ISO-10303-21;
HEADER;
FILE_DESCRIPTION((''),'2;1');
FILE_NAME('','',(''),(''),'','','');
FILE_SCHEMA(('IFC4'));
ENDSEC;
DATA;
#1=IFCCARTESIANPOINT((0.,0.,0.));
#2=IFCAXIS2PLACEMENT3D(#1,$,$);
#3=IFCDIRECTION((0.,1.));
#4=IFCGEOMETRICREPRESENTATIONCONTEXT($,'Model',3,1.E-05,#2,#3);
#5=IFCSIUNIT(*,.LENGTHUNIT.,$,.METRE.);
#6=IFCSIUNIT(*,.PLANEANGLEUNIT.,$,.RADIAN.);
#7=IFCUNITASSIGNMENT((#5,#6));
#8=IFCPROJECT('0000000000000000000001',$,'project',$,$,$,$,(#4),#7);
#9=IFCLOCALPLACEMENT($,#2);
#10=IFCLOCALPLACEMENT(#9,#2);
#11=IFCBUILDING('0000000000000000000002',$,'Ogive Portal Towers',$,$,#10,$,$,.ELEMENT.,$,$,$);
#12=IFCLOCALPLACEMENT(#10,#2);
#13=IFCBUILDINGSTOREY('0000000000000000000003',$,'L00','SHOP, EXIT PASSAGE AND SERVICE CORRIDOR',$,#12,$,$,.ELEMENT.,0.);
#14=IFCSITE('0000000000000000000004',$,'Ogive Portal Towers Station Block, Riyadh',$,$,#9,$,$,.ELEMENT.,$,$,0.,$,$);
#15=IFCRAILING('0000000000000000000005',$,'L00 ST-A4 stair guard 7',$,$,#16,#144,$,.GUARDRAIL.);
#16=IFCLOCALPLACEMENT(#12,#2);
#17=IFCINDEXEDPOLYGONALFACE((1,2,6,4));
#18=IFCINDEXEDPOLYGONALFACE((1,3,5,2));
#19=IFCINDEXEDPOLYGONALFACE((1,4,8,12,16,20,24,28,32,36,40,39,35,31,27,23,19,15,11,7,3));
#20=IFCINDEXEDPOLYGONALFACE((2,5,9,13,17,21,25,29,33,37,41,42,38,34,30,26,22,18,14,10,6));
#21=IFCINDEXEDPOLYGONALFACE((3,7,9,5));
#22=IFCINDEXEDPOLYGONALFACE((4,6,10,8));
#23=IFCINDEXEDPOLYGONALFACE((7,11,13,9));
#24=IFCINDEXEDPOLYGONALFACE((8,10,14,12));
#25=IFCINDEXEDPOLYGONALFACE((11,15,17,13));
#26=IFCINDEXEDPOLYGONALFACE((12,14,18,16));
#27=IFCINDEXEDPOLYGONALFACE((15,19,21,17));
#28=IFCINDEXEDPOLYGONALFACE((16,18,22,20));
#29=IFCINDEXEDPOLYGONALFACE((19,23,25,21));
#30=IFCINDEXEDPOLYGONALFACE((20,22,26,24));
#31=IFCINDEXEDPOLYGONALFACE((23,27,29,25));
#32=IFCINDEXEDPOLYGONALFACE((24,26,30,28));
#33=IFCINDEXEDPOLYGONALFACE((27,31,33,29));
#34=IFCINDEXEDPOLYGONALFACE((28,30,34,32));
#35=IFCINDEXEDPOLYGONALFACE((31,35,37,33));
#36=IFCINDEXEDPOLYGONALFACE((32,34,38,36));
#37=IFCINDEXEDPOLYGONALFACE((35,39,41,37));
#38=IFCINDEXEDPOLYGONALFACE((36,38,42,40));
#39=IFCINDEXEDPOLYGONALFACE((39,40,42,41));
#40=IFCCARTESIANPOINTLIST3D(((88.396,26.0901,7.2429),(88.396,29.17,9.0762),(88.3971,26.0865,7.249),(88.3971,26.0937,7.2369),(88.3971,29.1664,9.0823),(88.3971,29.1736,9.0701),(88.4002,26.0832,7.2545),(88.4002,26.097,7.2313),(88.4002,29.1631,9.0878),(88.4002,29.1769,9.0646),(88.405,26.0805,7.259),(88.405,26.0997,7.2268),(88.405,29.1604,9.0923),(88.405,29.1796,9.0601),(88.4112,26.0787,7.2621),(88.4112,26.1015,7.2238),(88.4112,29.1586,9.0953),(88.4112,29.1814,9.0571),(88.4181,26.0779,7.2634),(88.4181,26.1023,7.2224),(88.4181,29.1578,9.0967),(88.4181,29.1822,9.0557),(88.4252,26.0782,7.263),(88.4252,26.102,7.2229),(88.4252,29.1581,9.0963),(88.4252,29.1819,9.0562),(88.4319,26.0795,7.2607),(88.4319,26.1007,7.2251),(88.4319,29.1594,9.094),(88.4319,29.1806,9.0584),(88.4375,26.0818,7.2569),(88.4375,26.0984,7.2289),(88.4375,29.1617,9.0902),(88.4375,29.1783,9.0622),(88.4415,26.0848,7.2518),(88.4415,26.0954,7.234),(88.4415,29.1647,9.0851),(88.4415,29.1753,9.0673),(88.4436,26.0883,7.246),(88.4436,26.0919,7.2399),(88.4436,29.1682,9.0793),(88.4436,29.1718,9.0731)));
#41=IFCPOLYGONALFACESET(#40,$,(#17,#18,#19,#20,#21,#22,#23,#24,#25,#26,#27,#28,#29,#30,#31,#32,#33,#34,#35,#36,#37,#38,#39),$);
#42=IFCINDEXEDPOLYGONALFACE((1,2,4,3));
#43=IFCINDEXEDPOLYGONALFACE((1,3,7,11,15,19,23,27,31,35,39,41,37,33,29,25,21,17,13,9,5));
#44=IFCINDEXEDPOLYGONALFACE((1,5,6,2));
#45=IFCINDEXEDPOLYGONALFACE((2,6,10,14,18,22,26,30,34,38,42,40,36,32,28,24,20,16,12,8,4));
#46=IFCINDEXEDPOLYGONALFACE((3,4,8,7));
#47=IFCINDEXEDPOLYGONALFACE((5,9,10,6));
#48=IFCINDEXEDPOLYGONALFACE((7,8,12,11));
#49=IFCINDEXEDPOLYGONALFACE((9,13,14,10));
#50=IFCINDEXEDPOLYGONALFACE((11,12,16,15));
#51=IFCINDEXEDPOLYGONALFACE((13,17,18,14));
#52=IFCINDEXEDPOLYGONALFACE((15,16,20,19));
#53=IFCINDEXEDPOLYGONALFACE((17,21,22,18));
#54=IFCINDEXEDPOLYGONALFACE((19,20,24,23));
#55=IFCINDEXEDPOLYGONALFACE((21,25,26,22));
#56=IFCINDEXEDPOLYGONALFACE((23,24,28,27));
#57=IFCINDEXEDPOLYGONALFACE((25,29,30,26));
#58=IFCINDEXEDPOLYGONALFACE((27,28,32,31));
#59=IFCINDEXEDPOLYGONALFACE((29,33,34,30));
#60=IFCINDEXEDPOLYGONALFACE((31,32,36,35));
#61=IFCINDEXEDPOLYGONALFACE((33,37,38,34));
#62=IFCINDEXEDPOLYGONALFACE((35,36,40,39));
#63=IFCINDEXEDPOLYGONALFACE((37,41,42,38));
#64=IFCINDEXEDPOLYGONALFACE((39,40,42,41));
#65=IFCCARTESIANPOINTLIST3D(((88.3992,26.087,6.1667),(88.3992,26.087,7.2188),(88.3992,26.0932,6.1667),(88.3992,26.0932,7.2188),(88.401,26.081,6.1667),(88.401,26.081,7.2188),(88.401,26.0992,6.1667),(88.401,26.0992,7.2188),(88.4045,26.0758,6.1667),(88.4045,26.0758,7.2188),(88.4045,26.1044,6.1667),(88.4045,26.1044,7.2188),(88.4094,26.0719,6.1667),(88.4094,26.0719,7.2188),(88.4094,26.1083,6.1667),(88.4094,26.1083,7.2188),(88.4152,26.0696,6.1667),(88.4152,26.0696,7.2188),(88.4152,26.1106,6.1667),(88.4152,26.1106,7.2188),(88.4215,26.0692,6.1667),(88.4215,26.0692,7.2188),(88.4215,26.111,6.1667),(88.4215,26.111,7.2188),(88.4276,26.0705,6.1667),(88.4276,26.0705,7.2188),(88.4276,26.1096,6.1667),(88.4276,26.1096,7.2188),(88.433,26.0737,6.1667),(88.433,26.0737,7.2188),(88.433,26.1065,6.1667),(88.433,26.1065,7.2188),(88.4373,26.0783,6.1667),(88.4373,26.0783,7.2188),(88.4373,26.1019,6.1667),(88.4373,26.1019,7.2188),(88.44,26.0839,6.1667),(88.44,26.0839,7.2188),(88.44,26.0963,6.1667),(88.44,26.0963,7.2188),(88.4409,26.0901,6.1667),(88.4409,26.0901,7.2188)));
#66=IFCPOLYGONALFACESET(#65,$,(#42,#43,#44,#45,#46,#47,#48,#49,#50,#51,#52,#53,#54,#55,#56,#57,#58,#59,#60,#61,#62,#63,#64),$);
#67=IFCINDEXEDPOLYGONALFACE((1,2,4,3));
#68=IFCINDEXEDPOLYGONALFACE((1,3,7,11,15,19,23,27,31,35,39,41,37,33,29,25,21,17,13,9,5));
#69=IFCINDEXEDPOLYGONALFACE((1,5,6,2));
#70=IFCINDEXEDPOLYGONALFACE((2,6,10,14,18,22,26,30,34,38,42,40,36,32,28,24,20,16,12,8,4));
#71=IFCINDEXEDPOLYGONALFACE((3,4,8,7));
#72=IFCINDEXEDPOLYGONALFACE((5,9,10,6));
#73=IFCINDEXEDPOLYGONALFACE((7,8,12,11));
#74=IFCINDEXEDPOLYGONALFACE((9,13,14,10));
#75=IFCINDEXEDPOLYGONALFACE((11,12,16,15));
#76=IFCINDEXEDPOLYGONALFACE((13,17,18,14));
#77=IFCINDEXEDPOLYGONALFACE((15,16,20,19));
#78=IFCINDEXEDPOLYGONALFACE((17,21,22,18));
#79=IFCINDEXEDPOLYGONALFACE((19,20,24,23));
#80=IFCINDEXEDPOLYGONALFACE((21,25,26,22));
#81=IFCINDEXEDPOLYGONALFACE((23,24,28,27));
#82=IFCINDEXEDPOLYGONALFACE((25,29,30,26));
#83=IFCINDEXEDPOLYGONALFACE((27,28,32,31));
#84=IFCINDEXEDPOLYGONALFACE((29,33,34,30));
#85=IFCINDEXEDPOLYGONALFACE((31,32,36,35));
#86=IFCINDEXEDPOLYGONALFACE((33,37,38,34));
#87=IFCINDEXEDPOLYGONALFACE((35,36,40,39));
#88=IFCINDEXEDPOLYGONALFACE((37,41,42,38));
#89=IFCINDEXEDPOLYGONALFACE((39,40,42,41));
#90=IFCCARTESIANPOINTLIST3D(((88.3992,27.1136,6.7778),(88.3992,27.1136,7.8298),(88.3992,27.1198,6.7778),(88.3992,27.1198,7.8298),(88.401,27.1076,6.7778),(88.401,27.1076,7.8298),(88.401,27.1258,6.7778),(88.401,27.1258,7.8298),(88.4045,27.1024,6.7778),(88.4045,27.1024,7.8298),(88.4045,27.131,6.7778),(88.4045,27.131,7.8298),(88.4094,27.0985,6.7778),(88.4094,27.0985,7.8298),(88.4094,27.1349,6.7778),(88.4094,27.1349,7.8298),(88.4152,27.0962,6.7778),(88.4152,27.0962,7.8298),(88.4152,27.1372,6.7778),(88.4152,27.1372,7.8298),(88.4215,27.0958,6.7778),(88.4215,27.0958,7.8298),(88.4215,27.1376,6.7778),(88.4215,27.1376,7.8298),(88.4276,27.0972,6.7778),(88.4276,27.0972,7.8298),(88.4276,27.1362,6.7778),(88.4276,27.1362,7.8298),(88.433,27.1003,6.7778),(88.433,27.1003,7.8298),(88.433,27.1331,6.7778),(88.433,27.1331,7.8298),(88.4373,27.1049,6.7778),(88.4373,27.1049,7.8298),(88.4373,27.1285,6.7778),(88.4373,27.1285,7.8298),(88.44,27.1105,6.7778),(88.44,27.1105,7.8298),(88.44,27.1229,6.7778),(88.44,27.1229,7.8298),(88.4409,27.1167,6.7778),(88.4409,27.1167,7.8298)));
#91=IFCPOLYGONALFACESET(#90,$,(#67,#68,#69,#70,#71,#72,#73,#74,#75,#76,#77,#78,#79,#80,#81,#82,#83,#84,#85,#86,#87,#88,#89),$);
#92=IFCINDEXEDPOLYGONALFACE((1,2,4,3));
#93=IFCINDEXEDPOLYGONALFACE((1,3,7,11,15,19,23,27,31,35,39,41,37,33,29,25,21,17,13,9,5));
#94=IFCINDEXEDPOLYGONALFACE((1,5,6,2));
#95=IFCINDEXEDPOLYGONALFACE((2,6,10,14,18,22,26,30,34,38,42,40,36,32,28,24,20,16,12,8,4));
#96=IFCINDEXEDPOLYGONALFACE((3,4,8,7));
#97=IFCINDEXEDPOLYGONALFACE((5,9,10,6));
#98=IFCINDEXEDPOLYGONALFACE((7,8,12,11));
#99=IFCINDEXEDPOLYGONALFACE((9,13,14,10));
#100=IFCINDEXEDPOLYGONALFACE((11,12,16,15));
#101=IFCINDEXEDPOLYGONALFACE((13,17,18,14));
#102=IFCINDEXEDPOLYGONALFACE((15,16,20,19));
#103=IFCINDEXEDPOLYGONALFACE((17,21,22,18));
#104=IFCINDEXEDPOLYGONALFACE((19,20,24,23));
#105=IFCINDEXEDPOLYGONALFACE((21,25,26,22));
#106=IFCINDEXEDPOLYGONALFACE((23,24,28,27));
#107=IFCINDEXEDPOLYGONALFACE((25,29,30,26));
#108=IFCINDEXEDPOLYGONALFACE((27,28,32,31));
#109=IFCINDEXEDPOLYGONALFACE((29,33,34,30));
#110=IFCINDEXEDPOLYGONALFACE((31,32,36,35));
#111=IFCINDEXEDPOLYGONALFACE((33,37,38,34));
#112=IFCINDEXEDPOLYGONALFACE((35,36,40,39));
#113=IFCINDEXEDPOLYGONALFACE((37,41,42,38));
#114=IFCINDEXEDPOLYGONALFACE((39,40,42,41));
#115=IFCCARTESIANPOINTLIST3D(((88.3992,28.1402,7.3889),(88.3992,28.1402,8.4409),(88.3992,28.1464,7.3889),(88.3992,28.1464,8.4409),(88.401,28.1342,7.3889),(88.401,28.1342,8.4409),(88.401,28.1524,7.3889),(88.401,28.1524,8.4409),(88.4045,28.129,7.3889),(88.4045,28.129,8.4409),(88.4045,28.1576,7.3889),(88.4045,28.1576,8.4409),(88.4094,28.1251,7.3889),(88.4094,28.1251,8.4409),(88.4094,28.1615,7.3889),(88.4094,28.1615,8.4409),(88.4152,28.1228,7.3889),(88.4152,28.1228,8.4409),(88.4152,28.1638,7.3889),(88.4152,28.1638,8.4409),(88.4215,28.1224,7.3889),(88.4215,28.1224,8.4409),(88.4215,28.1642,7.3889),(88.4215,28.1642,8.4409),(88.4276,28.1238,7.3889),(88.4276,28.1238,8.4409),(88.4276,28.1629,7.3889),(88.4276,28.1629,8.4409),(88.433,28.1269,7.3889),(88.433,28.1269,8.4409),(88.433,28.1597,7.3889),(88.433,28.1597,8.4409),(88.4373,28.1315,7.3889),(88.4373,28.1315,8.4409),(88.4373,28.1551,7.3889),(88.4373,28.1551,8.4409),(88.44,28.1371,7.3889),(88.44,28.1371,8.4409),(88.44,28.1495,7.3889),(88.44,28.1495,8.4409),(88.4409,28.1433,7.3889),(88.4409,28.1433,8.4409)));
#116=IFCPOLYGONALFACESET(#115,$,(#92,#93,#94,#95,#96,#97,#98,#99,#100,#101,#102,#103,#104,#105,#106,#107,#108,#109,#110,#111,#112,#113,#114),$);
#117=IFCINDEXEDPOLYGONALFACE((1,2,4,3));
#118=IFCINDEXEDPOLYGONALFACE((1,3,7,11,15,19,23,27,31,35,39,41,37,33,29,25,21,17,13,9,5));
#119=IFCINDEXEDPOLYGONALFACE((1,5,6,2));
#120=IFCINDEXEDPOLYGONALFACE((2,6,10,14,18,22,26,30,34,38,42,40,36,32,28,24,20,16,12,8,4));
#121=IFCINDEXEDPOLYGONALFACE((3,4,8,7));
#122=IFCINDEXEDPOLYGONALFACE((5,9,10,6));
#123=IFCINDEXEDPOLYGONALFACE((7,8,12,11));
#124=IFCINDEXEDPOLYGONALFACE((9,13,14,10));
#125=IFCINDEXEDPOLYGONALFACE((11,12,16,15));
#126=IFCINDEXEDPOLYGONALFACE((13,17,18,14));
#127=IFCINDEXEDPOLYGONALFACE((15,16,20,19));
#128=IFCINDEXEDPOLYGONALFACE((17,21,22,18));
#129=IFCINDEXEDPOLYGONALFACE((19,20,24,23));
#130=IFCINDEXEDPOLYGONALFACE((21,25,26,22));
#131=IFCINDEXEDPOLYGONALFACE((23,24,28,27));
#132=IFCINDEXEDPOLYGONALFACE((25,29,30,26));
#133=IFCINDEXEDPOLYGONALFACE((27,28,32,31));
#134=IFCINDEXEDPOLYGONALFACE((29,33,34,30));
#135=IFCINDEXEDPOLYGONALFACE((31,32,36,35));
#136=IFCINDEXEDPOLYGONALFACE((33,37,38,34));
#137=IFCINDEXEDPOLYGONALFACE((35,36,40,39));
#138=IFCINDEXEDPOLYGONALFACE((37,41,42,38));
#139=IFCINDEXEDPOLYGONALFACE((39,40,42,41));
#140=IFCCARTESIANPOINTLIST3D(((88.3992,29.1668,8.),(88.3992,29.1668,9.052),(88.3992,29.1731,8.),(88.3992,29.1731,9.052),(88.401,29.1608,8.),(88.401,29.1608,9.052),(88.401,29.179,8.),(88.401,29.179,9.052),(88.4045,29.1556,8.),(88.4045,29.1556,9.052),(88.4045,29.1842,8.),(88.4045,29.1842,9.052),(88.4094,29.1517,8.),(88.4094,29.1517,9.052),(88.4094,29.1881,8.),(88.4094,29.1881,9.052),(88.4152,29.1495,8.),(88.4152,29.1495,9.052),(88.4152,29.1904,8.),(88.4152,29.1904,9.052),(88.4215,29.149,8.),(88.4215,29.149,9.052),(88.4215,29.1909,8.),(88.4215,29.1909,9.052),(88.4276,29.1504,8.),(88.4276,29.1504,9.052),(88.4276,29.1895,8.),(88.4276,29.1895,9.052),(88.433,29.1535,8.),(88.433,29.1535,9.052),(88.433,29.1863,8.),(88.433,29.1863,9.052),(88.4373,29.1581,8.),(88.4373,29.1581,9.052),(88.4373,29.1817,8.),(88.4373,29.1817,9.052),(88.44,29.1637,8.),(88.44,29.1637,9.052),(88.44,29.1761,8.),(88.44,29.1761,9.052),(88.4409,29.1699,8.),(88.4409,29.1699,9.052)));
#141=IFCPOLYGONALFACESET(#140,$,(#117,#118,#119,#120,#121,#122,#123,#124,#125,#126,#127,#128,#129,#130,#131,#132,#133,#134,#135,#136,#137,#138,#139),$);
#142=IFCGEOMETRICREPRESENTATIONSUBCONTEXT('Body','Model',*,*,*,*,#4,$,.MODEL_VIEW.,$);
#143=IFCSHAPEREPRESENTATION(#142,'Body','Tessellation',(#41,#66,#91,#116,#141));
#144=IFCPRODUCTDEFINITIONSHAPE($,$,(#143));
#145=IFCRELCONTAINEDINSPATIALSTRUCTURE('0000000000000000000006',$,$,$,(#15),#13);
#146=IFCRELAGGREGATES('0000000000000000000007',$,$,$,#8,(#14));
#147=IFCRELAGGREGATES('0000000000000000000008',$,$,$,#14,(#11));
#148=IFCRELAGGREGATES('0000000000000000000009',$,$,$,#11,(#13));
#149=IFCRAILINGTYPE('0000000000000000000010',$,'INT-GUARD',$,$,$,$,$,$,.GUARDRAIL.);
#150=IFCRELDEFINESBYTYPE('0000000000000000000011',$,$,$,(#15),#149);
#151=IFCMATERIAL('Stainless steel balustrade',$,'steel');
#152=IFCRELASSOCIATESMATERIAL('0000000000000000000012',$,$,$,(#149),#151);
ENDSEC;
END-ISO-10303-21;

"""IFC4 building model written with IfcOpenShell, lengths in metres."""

from ifc_helpers import new_model, si_unit, direction, frame, origin, origin_2d, place, context, subcontext, project, spatial, circle, extrude, material, type_object, element, save


model = new_model("IFC4")

# Units and contexts
model_context = context("Model", 3, precision=1e-05, world=origin(), true_north=direction((0.0, 1.0)))
body_context = subcontext(model_context, "Body", "Model", "MODEL_VIEW")
ifc_project = project(units=[si_unit("LENGTHUNIT", "METRE"), si_unit("PLANEANGLEUNIT", "RADIAN")], contexts=[model_context])

# Site, building, storey
site_placement = place(None, origin())
site = spatial("IfcSite", under=ifc_project, at=site_placement, Name="Ogive Portal Towers Station Block, Riyadh", CompositionType="ELEMENT", RefElevation=0.0)
building_placement = place(site_placement, origin())
building = spatial("IfcBuilding", under=site, at=building_placement, Name="Ogive Portal Towers", CompositionType="ELEMENT")
storey_placement = place(building_placement, origin())
storey = spatial("IfcBuildingStorey", under=building, at=storey_placement, Name="L00", Description="SHOP, EXIT PASSAGE AND SERVICE CORRIDOR", CompositionType="ELEMENT", Elevation=0.0)

# Railing
ifc_material_1 = material(Name="Stainless steel balustrade", Category="steel")
railing_type_1 = type_object("IfcRailingType", Name="INT-GUARD", PredefinedType="GUARDRAIL", material=ifc_material_1)
railing_1_placement = place(storey_placement, frame((88.4199, 26.0901, 6.1667)))
element("IfcRailing", 1, at=railing_1_placement, inside=storey, type_object=railing_type_1, Name="L00 ST-A4 stair guard 7", PredefinedType="GUARDRAIL", context=body_context, shape_type="SweptSolid", body=[
    extrude(circle(Radius=0.0239, at=origin_2d()), frame((0.0, 0.0, 1.0762), z_axis=(0.0, 0.859291, 0.511487), x_axis=(-1.0, 0.0, 0.0)), (0.0, 0.0, 1.0), 3.5842),
    extrude(circle(Radius=0.021, at=origin_2d()), origin(), (0.0, 0.0, 1.0), 1.052),
    extrude(circle(Radius=0.021, at=origin_2d()), frame((0.0, 1.0266, 0.6111)), (0.0, 0.0, 1.0), 1.052),
    extrude(circle(Radius=0.021, at=origin_2d()), frame((0.0, 2.0532, 1.2222)), (0.0, 0.0, 1.0), 1.052),
    extrude(circle(Radius=0.021, at=origin_2d()), frame((0.0, 3.0798, 1.8333)), (0.0, 0.0, 1.0), 1.052),
])

save(model, "model.ifc")
